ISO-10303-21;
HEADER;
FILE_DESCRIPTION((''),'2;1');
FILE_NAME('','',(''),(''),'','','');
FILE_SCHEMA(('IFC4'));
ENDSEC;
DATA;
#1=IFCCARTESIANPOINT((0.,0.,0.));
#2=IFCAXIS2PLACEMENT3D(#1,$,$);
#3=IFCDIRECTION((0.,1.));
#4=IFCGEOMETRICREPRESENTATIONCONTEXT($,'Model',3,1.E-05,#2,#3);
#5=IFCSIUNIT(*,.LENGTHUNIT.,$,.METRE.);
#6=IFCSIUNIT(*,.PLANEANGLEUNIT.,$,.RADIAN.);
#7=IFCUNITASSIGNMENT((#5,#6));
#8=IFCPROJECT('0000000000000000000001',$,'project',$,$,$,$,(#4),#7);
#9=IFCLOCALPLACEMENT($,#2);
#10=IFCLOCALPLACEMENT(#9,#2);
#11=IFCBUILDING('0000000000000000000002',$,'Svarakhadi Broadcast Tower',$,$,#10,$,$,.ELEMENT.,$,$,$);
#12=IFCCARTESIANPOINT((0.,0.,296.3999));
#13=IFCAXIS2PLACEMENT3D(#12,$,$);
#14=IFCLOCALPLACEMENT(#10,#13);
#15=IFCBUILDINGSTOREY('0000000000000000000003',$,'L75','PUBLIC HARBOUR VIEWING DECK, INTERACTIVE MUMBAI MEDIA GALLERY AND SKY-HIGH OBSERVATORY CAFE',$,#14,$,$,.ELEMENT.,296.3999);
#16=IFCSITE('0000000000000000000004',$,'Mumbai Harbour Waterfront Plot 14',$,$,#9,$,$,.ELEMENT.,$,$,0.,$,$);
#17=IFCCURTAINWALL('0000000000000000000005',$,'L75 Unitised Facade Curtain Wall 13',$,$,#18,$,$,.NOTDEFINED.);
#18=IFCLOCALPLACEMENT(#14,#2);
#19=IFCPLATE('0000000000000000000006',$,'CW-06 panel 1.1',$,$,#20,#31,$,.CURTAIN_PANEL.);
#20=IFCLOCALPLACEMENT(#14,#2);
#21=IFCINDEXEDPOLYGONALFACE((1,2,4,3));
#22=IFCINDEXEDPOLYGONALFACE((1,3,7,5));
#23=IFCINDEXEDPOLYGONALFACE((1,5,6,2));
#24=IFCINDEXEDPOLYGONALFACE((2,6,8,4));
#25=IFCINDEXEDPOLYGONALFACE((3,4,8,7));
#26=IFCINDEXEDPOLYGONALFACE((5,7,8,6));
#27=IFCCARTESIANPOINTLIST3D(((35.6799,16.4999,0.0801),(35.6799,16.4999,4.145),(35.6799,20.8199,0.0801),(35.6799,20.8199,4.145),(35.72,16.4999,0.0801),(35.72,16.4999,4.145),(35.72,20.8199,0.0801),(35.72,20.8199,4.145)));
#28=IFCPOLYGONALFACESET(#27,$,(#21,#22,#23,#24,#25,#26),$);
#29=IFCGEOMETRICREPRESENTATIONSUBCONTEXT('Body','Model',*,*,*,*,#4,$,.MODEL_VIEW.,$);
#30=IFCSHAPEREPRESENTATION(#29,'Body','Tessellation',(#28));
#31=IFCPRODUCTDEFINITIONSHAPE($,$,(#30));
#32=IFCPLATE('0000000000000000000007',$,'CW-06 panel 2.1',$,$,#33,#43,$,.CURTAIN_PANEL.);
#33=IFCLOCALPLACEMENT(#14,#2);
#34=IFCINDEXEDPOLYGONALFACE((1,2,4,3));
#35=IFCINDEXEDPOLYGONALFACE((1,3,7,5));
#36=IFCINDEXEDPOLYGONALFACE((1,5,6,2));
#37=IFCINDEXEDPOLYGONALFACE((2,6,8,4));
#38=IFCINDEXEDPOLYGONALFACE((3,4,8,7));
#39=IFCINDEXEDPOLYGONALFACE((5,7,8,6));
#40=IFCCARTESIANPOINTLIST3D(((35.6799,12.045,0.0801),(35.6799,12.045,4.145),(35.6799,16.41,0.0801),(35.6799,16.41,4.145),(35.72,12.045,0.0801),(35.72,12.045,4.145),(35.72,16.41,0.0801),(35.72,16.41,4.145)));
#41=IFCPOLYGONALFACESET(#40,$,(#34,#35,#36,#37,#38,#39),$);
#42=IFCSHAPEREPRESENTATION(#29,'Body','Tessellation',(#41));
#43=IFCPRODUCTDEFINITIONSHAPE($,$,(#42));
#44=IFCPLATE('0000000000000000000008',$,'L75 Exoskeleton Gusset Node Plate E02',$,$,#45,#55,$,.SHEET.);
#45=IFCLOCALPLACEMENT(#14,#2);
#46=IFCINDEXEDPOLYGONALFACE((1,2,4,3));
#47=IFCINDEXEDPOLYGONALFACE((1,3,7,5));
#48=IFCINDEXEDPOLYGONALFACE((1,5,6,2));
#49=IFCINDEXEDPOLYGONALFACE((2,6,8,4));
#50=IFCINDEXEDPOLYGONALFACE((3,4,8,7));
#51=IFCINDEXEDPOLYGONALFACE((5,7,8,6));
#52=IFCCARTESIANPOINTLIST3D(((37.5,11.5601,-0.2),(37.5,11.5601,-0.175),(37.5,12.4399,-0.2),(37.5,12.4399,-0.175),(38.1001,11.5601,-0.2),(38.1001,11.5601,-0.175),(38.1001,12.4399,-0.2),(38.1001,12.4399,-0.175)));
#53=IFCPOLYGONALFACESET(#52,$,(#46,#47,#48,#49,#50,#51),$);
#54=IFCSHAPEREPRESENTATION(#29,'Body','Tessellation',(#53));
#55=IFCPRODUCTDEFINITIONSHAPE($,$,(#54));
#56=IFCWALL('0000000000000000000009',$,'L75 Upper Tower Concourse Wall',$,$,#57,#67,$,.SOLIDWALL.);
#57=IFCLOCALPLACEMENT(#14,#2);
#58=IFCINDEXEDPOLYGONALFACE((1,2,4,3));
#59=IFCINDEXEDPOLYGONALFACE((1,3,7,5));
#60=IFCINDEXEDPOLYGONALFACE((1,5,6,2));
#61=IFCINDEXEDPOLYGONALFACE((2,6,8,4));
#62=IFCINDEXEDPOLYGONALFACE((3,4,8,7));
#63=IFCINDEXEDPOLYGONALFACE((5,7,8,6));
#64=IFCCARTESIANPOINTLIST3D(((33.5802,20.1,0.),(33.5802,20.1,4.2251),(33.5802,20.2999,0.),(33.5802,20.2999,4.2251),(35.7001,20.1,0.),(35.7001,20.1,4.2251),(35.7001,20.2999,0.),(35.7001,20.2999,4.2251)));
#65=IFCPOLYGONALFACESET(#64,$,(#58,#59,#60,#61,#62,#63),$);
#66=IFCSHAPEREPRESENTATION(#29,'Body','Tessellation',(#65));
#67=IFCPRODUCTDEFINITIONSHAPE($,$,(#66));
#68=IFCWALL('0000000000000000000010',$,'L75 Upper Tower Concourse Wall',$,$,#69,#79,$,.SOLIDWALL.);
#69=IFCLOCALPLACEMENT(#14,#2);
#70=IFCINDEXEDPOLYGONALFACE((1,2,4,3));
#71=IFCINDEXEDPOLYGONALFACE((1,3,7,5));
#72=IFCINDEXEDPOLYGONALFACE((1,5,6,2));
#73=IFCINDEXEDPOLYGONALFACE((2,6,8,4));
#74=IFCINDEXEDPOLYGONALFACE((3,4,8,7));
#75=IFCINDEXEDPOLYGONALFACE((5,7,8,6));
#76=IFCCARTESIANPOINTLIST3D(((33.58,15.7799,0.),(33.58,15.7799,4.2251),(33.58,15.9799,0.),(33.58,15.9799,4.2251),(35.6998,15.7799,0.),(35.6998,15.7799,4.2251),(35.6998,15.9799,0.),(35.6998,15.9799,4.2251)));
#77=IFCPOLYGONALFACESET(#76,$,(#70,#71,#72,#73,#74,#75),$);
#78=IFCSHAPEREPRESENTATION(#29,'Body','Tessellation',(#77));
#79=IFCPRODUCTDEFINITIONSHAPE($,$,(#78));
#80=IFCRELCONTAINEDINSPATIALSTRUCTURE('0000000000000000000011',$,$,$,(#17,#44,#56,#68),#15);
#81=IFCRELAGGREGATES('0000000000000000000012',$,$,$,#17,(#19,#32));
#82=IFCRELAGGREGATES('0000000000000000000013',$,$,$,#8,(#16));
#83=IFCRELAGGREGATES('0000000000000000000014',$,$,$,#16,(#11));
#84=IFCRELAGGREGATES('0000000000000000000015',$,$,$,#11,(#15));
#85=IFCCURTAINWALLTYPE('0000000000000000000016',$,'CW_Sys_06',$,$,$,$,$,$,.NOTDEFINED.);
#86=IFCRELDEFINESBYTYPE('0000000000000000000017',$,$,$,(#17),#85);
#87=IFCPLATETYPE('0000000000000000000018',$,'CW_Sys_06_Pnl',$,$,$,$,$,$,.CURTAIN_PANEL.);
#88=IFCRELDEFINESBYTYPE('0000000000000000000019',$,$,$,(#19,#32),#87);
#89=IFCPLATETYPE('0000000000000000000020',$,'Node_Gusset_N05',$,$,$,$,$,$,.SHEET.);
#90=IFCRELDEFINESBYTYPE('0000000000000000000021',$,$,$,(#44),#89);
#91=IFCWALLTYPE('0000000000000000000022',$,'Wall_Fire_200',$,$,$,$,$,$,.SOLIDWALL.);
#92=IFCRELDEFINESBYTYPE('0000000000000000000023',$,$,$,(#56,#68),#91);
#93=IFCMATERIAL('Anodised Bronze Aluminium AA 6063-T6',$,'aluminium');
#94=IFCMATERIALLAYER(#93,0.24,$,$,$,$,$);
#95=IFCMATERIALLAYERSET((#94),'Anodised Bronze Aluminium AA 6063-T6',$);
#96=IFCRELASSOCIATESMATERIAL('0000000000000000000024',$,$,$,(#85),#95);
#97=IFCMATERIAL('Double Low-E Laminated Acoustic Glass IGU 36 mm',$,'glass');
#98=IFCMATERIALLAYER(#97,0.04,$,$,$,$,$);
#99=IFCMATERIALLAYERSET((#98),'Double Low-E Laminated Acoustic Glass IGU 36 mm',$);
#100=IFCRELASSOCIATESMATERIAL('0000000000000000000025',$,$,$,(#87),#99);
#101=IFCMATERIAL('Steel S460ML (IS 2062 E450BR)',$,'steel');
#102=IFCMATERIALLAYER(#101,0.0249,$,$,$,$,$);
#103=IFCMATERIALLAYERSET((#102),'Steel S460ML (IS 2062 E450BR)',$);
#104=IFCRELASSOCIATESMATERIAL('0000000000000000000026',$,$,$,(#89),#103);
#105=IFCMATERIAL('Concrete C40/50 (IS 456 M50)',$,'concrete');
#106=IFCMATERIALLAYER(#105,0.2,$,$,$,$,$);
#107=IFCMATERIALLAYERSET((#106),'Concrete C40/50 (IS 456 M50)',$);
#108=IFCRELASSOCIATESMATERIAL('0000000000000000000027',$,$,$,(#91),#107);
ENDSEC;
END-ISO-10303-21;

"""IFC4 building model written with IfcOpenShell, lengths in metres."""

from ifc_helpers import new_model, si_unit, direction, frame, frame_2d, origin, origin_2d, place, context, subcontext, project, spatial, rectangle, extrude, material, layer, layer_set, type_object, element, aggregate, save


model = new_model("IFC4")

# Units and contexts
model_context = context("Model", 3, precision=1e-05, world=origin(), true_north=direction((0.0, 1.0)))
body_context = subcontext(model_context, "Body", "Model", "MODEL_VIEW")
ifc_project = project(units=[si_unit("LENGTHUNIT", "METRE"), si_unit("PLANEANGLEUNIT", "RADIAN")], contexts=[model_context])

# Site, building, storey
site_placement = place(None, origin())
site = spatial("IfcSite", under=ifc_project, at=site_placement, Name="Mumbai Harbour Waterfront Plot 14", CompositionType="ELEMENT", RefElevation=0.0)
building_placement = place(site_placement, origin())
building = spatial("IfcBuilding", under=site, at=building_placement, Name="Svarakhadi Broadcast Tower", CompositionType="ELEMENT")
storey_placement = place(building_placement, frame((0.0, 0.0, 296.3999)))
storey = spatial("IfcBuildingStorey", under=building, at=storey_placement, Name="L75", Description="PUBLIC HARBOUR VIEWING DECK, INTERACTIVE MUMBAI MEDIA GALLERY AND SKY-HIGH OBSERVATORY CAFE", CompositionType="ELEMENT", Elevation=296.3999)

# Shared definitions
ifc_material_1 = material(Name="Steel S460ML (IS 2062 E450BR)", Category="steel")

# Shared definitions
ifc_material_2 = material(Name="Anodised Bronze Aluminium AA 6063-T6", Category="aluminium")
ifc_layer_1 = layer(ifc_material_2, 0.24)
ifc_layer_set_1 = layer_set([ifc_layer_1], Name="Anodised Bronze Aluminium AA 6063-T6")
curtain_wall_type = type_object("IfcCurtainWallType", Name="CW_Sys_06", PredefinedType="NOTDEFINED", material=ifc_layer_set_1)

# Curtain wall
curtain_wall_1_placement = place(storey_placement, origin())
curtain_wall_1 = element("IfcCurtainWall", 1, at=curtain_wall_1_placement, inside=storey, type_object=curtain_wall_type, Name="L75 Unitised Facade Curtain Wall 13", PredefinedType="NOTDEFINED")

# Plates
ifc_material_3 = material(Name="Double Low-E Laminated Acoustic Glass IGU 36 mm", Category="glass")
ifc_layer_2 = layer(ifc_material_3, 0.04)
ifc_layer_set_2 = layer_set([ifc_layer_2], Name="Double Low-E Laminated Acoustic Glass IGU 36 mm")
plate_type_1 = type_object("IfcPlateType", Name="CW_Sys_06_Pnl", PredefinedType="CURTAIN_PANEL", material=ifc_layer_set_2)
plate_1_placement = place(storey_placement, frame((35.7, 18.6599, 0.0801), z_axis=(0.0, 0.0, 1.0), x_axis=(0.0, -1.0, 0.0)))
plate_1 = element("IfcPlate", 2, at=plate_1_placement, type_object=plate_type_1, Name="CW-06 panel 1.1", PredefinedType="CURTAIN_PANEL", context=body_context, shape_type="SweptSolid", body=[
    extrude(rectangle(XDim=4.3201, YDim=0.04, at=origin_2d()), origin(), (0.0, 0.0, 1.0), 4.0649),
])
plate_2_placement = place(storey_placement, frame((35.7, 14.2275, 0.0801), z_axis=(0.0, 0.0, 1.0), x_axis=(0.0, -1.0, 0.0)))
plate_2 = element("IfcPlate", 3, at=plate_2_placement, type_object=plate_type_1, Name="CW-06 panel 2.1", PredefinedType="CURTAIN_PANEL", context=body_context, shape_type="SweptSolid", body=[
    extrude(rectangle(XDim=4.365, YDim=0.04, at=origin_2d()), origin(), (0.0, 0.0, 1.0), 4.0649),
])
aggregate(curtain_wall_1, [plate_1, plate_2])
ifc_layer_3 = layer(ifc_material_1, 0.0249)
ifc_layer_set_3 = layer_set([ifc_layer_3], Name="Steel S460ML (IS 2062 E450BR)")
plate_type_2 = type_object("IfcPlateType", Name="Node_Gusset_N05", PredefinedType="SHEET", material=ifc_layer_set_3)
plate_3_placement = place(storey_placement, frame((37.8, 12.0, -0.2), z_axis=(0.0, 0.0, 1.0), x_axis=(0.0, 1.0, 0.0)))
element("IfcPlate", 4, at=plate_3_placement, inside=storey, type_object=plate_type_2, Name="L75 Exoskeleton Gusset Node Plate E02", PredefinedType="SHEET", context=body_context, shape_type="SweptSolid", body=[
    extrude(rectangle(XDim=0.8799, YDim=0.6001, at=origin_2d()), origin(), (0.0, 0.0, 1.0), 0.0249),
])

# Walls
ifc_material_4 = material(Name="Concrete C40/50 (IS 456 M50)", Category="concrete")
ifc_layer_4 = layer(ifc_material_4, 0.2)
ifc_layer_set_4 = layer_set([ifc_layer_4], Name="Concrete C40/50 (IS 456 M50)")
wall_type = type_object("IfcWallType", Name="Wall_Fire_200", PredefinedType="SOLIDWALL", material=ifc_layer_set_4)
for number, where, z_axis, x_axis, name in (
    (5, (33.5801, 20.2, 0.0), (0.0, 0.0, 1.0), (1.0, 0.0, 0.0), "L75 Upper Tower Concourse Wall"),
    (6, (35.7, 15.8799, 0.0), (0.0, 0.0, 1.0), (-1.0, 0.0, 0.0), "L75 Upper Tower Concourse Wall"),
):
    element("IfcWall", number, at=place(storey_placement, frame(where, z_axis=z_axis, x_axis=x_axis)), inside=storey, type_object=wall_type, Name=name, PredefinedType="SOLIDWALL", context=body_context, shape_type="SweptSolid", body=[
        extrude(rectangle(XDim=2.1199, YDim=0.2, at=frame_2d((1.0601, 0.0))), origin(), (0.0, 0.0, 1.0), 4.2251),
    ])

save(model, "model.ifc")
